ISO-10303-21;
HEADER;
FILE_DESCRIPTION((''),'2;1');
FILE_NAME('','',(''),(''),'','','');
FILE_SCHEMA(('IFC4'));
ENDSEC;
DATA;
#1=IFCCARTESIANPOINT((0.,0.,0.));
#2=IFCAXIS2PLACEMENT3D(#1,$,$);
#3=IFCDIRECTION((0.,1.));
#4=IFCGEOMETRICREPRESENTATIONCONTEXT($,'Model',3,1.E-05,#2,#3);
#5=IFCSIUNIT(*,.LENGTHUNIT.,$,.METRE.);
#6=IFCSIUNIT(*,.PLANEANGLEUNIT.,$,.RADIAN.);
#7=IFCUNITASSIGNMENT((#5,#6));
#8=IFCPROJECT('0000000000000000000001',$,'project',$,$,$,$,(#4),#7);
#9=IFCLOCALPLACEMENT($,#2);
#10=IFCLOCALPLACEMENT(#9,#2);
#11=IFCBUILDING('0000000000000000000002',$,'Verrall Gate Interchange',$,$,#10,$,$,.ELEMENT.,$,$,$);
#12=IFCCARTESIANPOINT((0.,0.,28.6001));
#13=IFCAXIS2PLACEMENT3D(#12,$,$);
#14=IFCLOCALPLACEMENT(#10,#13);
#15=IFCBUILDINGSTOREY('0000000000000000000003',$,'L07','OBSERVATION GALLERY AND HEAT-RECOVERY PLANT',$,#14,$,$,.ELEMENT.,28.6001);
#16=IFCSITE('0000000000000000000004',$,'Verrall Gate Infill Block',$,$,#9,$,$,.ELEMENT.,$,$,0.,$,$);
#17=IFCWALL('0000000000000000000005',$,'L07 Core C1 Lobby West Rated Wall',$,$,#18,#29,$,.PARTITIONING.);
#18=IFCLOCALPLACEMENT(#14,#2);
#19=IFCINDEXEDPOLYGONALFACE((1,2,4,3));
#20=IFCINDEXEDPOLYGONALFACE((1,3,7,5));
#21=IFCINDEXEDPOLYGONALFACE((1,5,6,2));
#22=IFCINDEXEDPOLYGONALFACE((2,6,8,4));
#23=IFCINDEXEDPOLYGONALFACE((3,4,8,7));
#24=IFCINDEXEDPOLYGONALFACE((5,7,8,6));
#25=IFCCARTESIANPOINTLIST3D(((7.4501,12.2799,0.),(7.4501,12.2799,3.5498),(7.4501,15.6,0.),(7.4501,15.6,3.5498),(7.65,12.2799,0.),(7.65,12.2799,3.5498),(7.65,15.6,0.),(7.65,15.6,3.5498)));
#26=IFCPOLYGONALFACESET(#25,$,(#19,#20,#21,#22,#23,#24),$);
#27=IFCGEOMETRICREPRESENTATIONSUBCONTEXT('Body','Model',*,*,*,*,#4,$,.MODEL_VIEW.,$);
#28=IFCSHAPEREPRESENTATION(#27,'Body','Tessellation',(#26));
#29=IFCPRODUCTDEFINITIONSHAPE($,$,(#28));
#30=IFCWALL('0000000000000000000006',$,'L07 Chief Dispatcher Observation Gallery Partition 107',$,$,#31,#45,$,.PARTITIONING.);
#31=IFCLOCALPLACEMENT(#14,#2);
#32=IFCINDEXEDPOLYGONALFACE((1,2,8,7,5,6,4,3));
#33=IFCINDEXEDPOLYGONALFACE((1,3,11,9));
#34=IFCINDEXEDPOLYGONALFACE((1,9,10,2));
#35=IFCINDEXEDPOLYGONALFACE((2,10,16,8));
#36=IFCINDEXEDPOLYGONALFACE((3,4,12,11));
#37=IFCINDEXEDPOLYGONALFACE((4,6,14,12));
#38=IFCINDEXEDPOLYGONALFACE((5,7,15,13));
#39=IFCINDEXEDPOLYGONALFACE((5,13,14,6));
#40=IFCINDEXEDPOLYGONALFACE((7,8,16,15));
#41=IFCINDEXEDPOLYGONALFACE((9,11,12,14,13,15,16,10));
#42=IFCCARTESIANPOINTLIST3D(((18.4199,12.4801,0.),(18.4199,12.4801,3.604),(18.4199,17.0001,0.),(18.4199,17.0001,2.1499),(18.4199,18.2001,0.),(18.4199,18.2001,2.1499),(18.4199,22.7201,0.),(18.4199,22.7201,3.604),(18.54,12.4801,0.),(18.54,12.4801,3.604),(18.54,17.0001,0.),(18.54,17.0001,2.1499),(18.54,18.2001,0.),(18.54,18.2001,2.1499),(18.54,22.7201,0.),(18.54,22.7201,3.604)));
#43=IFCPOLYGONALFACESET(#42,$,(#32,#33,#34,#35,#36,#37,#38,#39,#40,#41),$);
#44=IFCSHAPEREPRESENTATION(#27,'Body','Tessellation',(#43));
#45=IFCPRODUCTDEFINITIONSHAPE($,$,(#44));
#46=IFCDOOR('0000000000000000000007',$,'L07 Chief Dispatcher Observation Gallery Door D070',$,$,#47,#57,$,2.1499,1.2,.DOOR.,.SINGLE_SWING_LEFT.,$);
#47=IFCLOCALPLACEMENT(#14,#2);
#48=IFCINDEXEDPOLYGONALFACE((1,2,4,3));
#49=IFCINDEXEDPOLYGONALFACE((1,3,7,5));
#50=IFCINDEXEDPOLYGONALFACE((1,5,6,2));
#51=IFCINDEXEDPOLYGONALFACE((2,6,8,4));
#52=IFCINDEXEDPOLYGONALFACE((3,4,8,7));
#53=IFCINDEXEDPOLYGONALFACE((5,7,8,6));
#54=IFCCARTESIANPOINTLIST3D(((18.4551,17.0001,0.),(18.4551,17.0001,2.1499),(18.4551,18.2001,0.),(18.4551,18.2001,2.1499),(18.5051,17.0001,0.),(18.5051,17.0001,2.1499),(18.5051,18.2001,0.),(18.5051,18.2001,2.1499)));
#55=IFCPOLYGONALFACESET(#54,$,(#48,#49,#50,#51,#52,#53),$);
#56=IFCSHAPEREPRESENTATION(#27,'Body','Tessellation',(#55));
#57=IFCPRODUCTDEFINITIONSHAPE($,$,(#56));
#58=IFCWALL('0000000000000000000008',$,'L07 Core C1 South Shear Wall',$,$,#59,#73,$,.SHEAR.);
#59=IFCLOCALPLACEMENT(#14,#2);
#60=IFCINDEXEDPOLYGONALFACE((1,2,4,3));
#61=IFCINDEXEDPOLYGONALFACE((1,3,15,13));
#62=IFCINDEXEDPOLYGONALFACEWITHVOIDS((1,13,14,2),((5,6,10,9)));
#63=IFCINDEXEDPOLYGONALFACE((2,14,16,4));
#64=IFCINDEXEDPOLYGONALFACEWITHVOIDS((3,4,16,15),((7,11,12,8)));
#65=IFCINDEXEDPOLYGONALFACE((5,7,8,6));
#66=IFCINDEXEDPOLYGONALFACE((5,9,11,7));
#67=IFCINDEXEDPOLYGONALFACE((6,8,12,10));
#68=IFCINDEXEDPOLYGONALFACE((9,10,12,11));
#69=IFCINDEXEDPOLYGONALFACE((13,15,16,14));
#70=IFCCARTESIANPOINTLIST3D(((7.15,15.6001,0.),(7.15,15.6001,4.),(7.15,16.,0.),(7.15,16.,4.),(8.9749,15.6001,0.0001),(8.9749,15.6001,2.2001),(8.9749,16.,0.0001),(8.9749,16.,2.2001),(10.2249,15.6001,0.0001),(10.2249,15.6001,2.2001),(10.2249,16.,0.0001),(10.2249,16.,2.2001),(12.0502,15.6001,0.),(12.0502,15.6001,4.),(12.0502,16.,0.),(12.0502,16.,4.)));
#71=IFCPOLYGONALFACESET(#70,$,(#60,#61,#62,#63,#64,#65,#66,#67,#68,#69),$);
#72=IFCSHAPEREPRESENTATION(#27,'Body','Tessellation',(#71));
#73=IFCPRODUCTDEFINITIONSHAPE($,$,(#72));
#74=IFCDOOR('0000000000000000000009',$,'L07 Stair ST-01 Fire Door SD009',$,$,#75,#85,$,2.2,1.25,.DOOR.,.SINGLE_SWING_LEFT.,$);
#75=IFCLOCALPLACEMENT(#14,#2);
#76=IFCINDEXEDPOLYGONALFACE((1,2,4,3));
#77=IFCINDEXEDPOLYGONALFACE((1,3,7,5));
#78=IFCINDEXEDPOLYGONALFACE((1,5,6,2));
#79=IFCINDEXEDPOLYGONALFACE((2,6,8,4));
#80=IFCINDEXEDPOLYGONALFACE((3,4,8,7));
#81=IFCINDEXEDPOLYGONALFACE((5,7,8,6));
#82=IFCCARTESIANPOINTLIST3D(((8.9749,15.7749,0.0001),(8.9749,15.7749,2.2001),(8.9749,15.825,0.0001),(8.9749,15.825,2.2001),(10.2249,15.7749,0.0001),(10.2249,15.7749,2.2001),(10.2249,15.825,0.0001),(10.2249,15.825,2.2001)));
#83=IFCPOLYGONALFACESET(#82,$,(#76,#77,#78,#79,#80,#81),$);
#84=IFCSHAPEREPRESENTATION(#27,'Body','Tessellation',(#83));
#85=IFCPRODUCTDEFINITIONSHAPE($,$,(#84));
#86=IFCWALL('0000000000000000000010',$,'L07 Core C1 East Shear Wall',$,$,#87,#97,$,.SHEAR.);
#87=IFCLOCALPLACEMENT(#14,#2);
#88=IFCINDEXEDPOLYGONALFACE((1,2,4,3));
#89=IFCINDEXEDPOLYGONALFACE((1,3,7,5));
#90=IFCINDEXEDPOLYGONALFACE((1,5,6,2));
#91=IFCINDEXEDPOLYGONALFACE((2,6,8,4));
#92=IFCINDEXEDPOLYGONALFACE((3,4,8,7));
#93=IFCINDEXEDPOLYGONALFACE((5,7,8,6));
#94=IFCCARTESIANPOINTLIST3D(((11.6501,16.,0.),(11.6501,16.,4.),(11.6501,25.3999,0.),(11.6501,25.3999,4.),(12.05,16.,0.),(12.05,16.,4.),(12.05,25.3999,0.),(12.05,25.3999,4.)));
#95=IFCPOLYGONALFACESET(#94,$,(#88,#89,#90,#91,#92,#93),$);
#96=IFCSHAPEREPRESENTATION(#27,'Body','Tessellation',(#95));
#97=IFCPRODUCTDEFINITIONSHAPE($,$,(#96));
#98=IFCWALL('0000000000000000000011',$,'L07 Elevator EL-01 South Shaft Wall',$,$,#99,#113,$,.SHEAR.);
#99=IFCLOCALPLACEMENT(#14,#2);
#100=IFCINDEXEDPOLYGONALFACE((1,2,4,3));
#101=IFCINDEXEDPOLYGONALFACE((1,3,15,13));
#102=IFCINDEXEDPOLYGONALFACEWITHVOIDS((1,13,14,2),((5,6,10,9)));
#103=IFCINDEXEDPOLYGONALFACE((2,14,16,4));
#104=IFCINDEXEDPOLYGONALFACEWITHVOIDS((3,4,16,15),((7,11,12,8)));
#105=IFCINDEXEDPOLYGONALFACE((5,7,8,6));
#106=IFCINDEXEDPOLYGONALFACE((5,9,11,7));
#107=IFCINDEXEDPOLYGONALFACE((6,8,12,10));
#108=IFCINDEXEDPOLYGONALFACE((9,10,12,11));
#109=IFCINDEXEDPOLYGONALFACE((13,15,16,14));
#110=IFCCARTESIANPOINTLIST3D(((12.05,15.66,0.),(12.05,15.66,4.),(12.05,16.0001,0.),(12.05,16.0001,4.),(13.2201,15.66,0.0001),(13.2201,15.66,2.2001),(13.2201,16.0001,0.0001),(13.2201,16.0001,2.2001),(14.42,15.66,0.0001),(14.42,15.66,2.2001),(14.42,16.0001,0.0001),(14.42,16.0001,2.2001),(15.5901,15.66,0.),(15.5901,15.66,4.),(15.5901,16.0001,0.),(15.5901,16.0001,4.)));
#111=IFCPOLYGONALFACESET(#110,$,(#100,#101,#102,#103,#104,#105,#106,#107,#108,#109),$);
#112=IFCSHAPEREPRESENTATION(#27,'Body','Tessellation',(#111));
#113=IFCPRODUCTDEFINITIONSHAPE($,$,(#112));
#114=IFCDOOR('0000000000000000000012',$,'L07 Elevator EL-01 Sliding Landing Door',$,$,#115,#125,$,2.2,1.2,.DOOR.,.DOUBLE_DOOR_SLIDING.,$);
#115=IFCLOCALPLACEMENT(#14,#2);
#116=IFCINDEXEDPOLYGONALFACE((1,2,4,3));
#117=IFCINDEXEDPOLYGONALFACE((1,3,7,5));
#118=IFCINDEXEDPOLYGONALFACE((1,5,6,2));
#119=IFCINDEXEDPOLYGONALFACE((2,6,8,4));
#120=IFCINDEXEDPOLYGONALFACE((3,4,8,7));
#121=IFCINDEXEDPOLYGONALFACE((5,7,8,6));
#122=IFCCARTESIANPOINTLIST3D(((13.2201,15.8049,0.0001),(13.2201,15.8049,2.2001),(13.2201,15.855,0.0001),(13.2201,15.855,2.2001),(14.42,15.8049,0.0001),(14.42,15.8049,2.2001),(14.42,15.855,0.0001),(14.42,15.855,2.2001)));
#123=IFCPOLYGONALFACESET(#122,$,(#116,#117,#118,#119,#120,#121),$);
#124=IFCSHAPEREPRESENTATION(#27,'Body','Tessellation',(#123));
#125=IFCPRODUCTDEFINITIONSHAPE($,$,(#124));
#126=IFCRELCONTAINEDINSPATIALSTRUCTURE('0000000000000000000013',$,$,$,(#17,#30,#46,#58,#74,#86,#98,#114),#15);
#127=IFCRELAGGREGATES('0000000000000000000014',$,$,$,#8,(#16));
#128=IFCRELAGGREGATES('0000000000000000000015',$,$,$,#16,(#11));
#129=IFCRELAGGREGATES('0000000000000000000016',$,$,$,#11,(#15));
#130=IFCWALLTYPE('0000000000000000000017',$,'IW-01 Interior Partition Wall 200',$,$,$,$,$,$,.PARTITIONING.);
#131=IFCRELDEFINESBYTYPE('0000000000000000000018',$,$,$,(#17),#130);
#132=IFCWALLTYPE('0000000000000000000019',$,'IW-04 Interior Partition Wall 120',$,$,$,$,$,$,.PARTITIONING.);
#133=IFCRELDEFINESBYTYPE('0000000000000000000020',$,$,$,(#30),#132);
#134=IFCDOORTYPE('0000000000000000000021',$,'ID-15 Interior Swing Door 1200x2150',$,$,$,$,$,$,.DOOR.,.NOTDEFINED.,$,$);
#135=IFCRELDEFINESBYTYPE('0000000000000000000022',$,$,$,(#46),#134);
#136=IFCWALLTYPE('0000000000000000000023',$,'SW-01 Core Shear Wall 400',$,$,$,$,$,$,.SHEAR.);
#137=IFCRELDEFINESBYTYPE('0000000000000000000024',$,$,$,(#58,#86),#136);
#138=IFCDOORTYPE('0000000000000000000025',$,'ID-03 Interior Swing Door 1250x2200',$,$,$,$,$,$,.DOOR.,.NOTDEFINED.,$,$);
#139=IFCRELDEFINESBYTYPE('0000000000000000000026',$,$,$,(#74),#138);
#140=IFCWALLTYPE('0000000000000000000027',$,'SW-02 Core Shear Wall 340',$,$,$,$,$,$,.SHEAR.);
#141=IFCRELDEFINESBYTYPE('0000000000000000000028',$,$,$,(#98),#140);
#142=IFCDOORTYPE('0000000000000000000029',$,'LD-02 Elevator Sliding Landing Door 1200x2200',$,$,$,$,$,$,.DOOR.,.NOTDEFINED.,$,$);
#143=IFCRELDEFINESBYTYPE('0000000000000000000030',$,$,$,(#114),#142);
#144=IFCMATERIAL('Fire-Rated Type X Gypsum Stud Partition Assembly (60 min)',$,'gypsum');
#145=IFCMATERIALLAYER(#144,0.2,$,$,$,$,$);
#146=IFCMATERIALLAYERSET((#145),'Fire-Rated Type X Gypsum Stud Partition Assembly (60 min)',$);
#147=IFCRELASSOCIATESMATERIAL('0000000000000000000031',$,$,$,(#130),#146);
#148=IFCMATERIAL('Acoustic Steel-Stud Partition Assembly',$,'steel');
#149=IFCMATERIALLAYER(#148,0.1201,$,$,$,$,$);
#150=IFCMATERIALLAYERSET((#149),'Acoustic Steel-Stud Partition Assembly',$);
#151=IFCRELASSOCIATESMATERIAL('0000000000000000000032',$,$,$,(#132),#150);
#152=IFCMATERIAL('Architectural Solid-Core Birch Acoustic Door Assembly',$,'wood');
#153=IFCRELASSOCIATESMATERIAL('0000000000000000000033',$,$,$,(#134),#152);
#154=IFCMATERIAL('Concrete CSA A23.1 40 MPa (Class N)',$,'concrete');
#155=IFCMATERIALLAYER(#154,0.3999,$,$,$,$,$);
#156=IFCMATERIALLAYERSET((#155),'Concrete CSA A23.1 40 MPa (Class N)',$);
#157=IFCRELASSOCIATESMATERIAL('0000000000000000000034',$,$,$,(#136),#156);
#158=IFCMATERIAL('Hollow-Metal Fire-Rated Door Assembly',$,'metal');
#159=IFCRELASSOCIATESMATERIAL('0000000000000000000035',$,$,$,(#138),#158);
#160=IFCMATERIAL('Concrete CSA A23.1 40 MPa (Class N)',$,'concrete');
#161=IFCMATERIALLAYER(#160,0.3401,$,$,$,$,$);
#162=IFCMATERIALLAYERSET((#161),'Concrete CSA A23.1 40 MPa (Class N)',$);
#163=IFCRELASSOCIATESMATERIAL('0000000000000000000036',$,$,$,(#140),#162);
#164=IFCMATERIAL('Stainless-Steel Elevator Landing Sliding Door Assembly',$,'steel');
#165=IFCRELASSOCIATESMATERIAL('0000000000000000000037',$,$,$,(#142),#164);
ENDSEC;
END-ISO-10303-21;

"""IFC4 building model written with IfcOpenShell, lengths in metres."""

from ifc_helpers import new_model, si_unit, direction, frame, frame_2d, origin, place, context, subcontext, project, spatial, rectangle, extrude, material, layer, layer_set, type_object, element, fill, save


model = new_model("IFC4")

# Units and contexts
model_context = context("Model", 3, precision=1e-05, world=origin(), true_north=direction((0.0, 1.0)))
body_context = subcontext(model_context, "Body", "Model", "MODEL_VIEW")
ifc_project = project(units=[si_unit("LENGTHUNIT", "METRE"), si_unit("PLANEANGLEUNIT", "RADIAN")], contexts=[model_context])

# Site, building, storey
site_placement = place(None, origin())
site = spatial("IfcSite", under=ifc_project, at=site_placement, Name="Verrall Gate Infill Block", CompositionType="ELEMENT", RefElevation=0.0)
building_placement = place(site_placement, origin())
building = spatial("IfcBuilding", under=site, at=building_placement, Name="Verrall Gate Interchange", CompositionType="ELEMENT")
storey_placement = place(building_placement, frame((0.0, 0.0, 28.6001)))
storey = spatial("IfcBuildingStorey", under=building, at=storey_placement, Name="L07", Description="OBSERVATION GALLERY AND HEAT-RECOVERY PLANT", CompositionType="ELEMENT", Elevation=28.6001)

# Wall
ifc_material_1 = material(Name="Fire-Rated Type X Gypsum Stud Partition Assembly (60 min)", Category="gypsum")
ifc_layer_1 = layer(ifc_material_1, 0.2)
ifc_layer_set_1 = layer_set([ifc_layer_1], Name="Fire-Rated Type X Gypsum Stud Partition Assembly (60 min)")
wall_type_1 = type_object("IfcWallType", Name="IW-01 Interior Partition Wall 200", PredefinedType="PARTITIONING", material=ifc_layer_set_1)
wall_1_placement = place(storey_placement, frame((7.55, 15.6001, 0.0), z_axis=(0.0, 0.0, 1.0), x_axis=(0.0, -1.0, 0.0)))
element("IfcWall", 1, at=wall_1_placement, inside=storey, type_object=wall_type_1, Name="L07 Core C1 Lobby West Rated Wall", PredefinedType="PARTITIONING", context=body_context, shape_type="SweptSolid", body=[
    extrude(rectangle(XDim=3.3201, YDim=0.2, at=frame_2d((1.6602, 0.0))), origin(), (0.0, 0.0, 1.0), 3.5498),
])

# Walls, openings, doors
ifc_material_2 = material(Name="Acoustic Steel-Stud Partition Assembly", Category="steel")
ifc_layer_2 = layer(ifc_material_2, 0.1201)
ifc_layer_set_2 = layer_set([ifc_layer_2], Name="Acoustic Steel-Stud Partition Assembly")
wall_type_2 = type_object("IfcWallType", Name="IW-04 Interior Partition Wall 120", PredefinedType="PARTITIONING", material=ifc_layer_set_2)
wall_2_placement = place(storey_placement, frame((18.48, 12.48, 0.0), z_axis=(0.0, 0.0, 1.0), x_axis=(0.0, 1.0, 0.0)))
wall_2 = element("IfcWall", 2, at=wall_2_placement, inside=storey, type_object=wall_type_2, Name="L07 Chief Dispatcher Observation Gallery Partition 107", PredefinedType="PARTITIONING", context=body_context, shape_type="SweptSolid", body=[
    extrude(rectangle(XDim=10.24, YDim=0.1201, at=frame_2d((5.1201, 0.0))), origin(), (0.0, 0.0, 1.0), 3.604),
])
opening_1_placement = place(wall_2_placement, frame((4.52, 0.0, 0.0)))
opening_1 = element("IfcOpeningElement", 3, at=opening_1_placement, cuts=wall_2, PredefinedType="OPENING", context=body_context, shape_type="SweptSolid", body=[
    extrude(rectangle(XDim=1.2, YDim=2.1499, at=frame_2d((0.6001, 1.075))), frame((0.0, 0.075, 0.0), z_axis=(0.0, -1.0, 0.0), x_axis=(1.0, 0.0, 0.0)), (0.0, 0.0, 1.0), 0.1499),
])
ifc_material_3 = material(Name="Architectural Solid-Core Birch Acoustic Door Assembly", Category="wood")
door_type_1 = type_object("IfcDoorType", Name="ID-15 Interior Swing Door 1200x2150", OperationType="NOTDEFINED", PredefinedType="DOOR", material=ifc_material_3)
door_1_placement = place(opening_1_placement, origin())
door_1 = element("IfcDoor", 4, at=door_1_placement, inside=storey, type_object=door_type_1, Name="L07 Chief Dispatcher Observation Gallery Door D070", OperationType="SINGLE_SWING_LEFT", OverallHeight=2.1499, OverallWidth=1.2, PredefinedType="DOOR", context=body_context, shape_type="SweptSolid", body=[
    extrude(rectangle(XDim=1.2, YDim=2.1499, at=frame_2d((0.6001, 1.075))), frame((0.0, 0.0249, 0.0), z_axis=(0.0, -1.0, 0.0), x_axis=(1.0, 0.0, 0.0)), (0.0, 0.0, 1.0), 0.05),
])
fill(opening_1, door_1)
ifc_material_4 = material(Name="Concrete CSA A23.1 40 MPa (Class N)", Category="concrete")
ifc_layer_3 = layer(ifc_material_4, 0.3999)
ifc_layer_set_3 = layer_set([ifc_layer_3], Name="Concrete CSA A23.1 40 MPa (Class N)")
wall_type_3 = type_object("IfcWallType", Name="SW-01 Core Shear Wall 400", PredefinedType="SHEAR", material=ifc_layer_set_3)
wall_3_placement = place(storey_placement, frame((7.1499, 15.8, 0.0), z_axis=(0.0, 0.0, 1.0), x_axis=(1.0, 0.0, 0.0)))
wall_3 = element("IfcWall", 5, at=wall_3_placement, inside=storey, type_object=wall_type_3, Name="L07 Core C1 South Shear Wall", PredefinedType="SHEAR", context=body_context, shape_type="SweptSolid", body=[
    extrude(rectangle(XDim=4.9001, YDim=0.3999, at=frame_2d((2.4502, 0.0))), origin(), (0.0, 0.0, 1.0), 4.0),
])
opening_2_placement = place(wall_3_placement, frame((1.825, 0.0, 0.0)))
opening_2 = element("IfcOpeningElement", 6, at=opening_2_placement, cuts=wall_3, PredefinedType="OPENING", context=body_context, shape_type="SweptSolid", body=[
    extrude(rectangle(XDim=1.25, YDim=2.2, at=frame_2d((0.625, 1.1001))), frame((0.0, 0.2148, 0.0), z_axis=(0.0, -1.0, 0.0), x_axis=(1.0, 0.0, 0.0)), (0.0, 0.0, 1.0), 0.4297),
])
ifc_material_5 = material(Name="Hollow-Metal Fire-Rated Door Assembly", Category="metal")
door_type_2 = type_object("IfcDoorType", Name="ID-03 Interior Swing Door 1250x2200", OperationType="NOTDEFINED", PredefinedType="DOOR", material=ifc_material_5)
door_2_placement = place(opening_2_placement, origin())
door_2 = element("IfcDoor", 7, at=door_2_placement, inside=storey, type_object=door_type_2, Name="L07 Stair ST-01 Fire Door SD009", OperationType="SINGLE_SWING_LEFT", OverallHeight=2.2, OverallWidth=1.25, PredefinedType="DOOR", context=body_context, shape_type="SweptSolid", body=[
    extrude(rectangle(XDim=1.25, YDim=2.2, at=frame_2d((0.625, 1.1001))), frame((0.0, 0.0249, 0.0), z_axis=(0.0, -1.0, 0.0), x_axis=(1.0, 0.0, 0.0)), (0.0, 0.0, 1.0), 0.05),
])
fill(opening_2, door_2)

# Wall
wall_4_placement = place(storey_placement, frame((11.8501, 16.0, 0.0), z_axis=(0.0, 0.0, 1.0), x_axis=(0.0, 1.0, 0.0)))
element("IfcWall", 8, at=wall_4_placement, inside=storey, type_object=wall_type_3, Name="L07 Core C1 East Shear Wall", PredefinedType="SHEAR", context=body_context, shape_type="SweptSolid", body=[
    extrude(rectangle(XDim=9.3999, YDim=0.3999, at=frame_2d((4.7, 0.0))), origin(), (0.0, 0.0, 1.0), 4.0),
])

# Wall, opening, door
ifc_material_6 = material(Name="Concrete CSA A23.1 40 MPa (Class N)", Category="concrete")
ifc_layer_4 = layer(ifc_material_6, 0.3401)
ifc_layer_set_4 = layer_set([ifc_layer_4], Name="Concrete CSA A23.1 40 MPa (Class N)")
wall_type_4 = type_object("IfcWallType", Name="SW-02 Core Shear Wall 340", PredefinedType="SHEAR", material=ifc_layer_set_4)
wall_5_placement = place(storey_placement, frame((12.05, 15.8301, 0.0), z_axis=(0.0, 0.0, 1.0), x_axis=(1.0, 0.0, 0.0)))
wall_5 = element("IfcWall", 9, at=wall_5_placement, inside=storey, type_object=wall_type_4, Name="L07 Elevator EL-01 South Shaft Wall", PredefinedType="SHEAR", context=body_context, shape_type="SweptSolid", body=[
    extrude(rectangle(XDim=3.54, YDim=0.3401, at=frame_2d((1.77, 0.0))), origin(), (0.0, 0.0, 1.0), 4.0),
])
opening_3_placement = place(wall_5_placement, frame((1.1699, 0.0, 0.0)))
opening_3 = element("IfcOpeningElement", 10, at=opening_3_placement, cuts=wall_5, PredefinedType="OPENING", context=body_context, shape_type="SweptSolid", body=[
    extrude(rectangle(XDim=1.2, YDim=2.2, at=frame_2d((0.6001, 1.1001))), frame((0.0, 0.1851, 0.0), z_axis=(0.0, -1.0, 0.0), x_axis=(1.0, 0.0, 0.0)), (0.0, 0.0, 1.0), 0.3699),
])
ifc_material_7 = material(Name="Stainless-Steel Elevator Landing Sliding Door Assembly", Category="steel")
door_type_3 = type_object("IfcDoorType", Name="LD-02 Elevator Sliding Landing Door 1200x2200", OperationType="NOTDEFINED", PredefinedType="DOOR", material=ifc_material_7)
door_3_placement = place(opening_3_placement, origin())
door_3 = element("IfcDoor", 11, at=door_3_placement, inside=storey, type_object=door_type_3, Name="L07 Elevator EL-01 Sliding Landing Door", OperationType="DOUBLE_DOOR_SLIDING", OverallHeight=2.2, OverallWidth=1.2, PredefinedType="DOOR", context=body_context, shape_type="SweptSolid", body=[
    extrude(rectangle(XDim=1.2, YDim=2.2, at=frame_2d((0.6001, 1.1001))), frame((0.0, 0.0249, 0.0), z_axis=(0.0, -1.0, 0.0), x_axis=(1.0, 0.0, 0.0)), (0.0, 0.0, 1.0), 0.05),
])
fill(opening_3, door_3)

save(model, "model.ifc")
